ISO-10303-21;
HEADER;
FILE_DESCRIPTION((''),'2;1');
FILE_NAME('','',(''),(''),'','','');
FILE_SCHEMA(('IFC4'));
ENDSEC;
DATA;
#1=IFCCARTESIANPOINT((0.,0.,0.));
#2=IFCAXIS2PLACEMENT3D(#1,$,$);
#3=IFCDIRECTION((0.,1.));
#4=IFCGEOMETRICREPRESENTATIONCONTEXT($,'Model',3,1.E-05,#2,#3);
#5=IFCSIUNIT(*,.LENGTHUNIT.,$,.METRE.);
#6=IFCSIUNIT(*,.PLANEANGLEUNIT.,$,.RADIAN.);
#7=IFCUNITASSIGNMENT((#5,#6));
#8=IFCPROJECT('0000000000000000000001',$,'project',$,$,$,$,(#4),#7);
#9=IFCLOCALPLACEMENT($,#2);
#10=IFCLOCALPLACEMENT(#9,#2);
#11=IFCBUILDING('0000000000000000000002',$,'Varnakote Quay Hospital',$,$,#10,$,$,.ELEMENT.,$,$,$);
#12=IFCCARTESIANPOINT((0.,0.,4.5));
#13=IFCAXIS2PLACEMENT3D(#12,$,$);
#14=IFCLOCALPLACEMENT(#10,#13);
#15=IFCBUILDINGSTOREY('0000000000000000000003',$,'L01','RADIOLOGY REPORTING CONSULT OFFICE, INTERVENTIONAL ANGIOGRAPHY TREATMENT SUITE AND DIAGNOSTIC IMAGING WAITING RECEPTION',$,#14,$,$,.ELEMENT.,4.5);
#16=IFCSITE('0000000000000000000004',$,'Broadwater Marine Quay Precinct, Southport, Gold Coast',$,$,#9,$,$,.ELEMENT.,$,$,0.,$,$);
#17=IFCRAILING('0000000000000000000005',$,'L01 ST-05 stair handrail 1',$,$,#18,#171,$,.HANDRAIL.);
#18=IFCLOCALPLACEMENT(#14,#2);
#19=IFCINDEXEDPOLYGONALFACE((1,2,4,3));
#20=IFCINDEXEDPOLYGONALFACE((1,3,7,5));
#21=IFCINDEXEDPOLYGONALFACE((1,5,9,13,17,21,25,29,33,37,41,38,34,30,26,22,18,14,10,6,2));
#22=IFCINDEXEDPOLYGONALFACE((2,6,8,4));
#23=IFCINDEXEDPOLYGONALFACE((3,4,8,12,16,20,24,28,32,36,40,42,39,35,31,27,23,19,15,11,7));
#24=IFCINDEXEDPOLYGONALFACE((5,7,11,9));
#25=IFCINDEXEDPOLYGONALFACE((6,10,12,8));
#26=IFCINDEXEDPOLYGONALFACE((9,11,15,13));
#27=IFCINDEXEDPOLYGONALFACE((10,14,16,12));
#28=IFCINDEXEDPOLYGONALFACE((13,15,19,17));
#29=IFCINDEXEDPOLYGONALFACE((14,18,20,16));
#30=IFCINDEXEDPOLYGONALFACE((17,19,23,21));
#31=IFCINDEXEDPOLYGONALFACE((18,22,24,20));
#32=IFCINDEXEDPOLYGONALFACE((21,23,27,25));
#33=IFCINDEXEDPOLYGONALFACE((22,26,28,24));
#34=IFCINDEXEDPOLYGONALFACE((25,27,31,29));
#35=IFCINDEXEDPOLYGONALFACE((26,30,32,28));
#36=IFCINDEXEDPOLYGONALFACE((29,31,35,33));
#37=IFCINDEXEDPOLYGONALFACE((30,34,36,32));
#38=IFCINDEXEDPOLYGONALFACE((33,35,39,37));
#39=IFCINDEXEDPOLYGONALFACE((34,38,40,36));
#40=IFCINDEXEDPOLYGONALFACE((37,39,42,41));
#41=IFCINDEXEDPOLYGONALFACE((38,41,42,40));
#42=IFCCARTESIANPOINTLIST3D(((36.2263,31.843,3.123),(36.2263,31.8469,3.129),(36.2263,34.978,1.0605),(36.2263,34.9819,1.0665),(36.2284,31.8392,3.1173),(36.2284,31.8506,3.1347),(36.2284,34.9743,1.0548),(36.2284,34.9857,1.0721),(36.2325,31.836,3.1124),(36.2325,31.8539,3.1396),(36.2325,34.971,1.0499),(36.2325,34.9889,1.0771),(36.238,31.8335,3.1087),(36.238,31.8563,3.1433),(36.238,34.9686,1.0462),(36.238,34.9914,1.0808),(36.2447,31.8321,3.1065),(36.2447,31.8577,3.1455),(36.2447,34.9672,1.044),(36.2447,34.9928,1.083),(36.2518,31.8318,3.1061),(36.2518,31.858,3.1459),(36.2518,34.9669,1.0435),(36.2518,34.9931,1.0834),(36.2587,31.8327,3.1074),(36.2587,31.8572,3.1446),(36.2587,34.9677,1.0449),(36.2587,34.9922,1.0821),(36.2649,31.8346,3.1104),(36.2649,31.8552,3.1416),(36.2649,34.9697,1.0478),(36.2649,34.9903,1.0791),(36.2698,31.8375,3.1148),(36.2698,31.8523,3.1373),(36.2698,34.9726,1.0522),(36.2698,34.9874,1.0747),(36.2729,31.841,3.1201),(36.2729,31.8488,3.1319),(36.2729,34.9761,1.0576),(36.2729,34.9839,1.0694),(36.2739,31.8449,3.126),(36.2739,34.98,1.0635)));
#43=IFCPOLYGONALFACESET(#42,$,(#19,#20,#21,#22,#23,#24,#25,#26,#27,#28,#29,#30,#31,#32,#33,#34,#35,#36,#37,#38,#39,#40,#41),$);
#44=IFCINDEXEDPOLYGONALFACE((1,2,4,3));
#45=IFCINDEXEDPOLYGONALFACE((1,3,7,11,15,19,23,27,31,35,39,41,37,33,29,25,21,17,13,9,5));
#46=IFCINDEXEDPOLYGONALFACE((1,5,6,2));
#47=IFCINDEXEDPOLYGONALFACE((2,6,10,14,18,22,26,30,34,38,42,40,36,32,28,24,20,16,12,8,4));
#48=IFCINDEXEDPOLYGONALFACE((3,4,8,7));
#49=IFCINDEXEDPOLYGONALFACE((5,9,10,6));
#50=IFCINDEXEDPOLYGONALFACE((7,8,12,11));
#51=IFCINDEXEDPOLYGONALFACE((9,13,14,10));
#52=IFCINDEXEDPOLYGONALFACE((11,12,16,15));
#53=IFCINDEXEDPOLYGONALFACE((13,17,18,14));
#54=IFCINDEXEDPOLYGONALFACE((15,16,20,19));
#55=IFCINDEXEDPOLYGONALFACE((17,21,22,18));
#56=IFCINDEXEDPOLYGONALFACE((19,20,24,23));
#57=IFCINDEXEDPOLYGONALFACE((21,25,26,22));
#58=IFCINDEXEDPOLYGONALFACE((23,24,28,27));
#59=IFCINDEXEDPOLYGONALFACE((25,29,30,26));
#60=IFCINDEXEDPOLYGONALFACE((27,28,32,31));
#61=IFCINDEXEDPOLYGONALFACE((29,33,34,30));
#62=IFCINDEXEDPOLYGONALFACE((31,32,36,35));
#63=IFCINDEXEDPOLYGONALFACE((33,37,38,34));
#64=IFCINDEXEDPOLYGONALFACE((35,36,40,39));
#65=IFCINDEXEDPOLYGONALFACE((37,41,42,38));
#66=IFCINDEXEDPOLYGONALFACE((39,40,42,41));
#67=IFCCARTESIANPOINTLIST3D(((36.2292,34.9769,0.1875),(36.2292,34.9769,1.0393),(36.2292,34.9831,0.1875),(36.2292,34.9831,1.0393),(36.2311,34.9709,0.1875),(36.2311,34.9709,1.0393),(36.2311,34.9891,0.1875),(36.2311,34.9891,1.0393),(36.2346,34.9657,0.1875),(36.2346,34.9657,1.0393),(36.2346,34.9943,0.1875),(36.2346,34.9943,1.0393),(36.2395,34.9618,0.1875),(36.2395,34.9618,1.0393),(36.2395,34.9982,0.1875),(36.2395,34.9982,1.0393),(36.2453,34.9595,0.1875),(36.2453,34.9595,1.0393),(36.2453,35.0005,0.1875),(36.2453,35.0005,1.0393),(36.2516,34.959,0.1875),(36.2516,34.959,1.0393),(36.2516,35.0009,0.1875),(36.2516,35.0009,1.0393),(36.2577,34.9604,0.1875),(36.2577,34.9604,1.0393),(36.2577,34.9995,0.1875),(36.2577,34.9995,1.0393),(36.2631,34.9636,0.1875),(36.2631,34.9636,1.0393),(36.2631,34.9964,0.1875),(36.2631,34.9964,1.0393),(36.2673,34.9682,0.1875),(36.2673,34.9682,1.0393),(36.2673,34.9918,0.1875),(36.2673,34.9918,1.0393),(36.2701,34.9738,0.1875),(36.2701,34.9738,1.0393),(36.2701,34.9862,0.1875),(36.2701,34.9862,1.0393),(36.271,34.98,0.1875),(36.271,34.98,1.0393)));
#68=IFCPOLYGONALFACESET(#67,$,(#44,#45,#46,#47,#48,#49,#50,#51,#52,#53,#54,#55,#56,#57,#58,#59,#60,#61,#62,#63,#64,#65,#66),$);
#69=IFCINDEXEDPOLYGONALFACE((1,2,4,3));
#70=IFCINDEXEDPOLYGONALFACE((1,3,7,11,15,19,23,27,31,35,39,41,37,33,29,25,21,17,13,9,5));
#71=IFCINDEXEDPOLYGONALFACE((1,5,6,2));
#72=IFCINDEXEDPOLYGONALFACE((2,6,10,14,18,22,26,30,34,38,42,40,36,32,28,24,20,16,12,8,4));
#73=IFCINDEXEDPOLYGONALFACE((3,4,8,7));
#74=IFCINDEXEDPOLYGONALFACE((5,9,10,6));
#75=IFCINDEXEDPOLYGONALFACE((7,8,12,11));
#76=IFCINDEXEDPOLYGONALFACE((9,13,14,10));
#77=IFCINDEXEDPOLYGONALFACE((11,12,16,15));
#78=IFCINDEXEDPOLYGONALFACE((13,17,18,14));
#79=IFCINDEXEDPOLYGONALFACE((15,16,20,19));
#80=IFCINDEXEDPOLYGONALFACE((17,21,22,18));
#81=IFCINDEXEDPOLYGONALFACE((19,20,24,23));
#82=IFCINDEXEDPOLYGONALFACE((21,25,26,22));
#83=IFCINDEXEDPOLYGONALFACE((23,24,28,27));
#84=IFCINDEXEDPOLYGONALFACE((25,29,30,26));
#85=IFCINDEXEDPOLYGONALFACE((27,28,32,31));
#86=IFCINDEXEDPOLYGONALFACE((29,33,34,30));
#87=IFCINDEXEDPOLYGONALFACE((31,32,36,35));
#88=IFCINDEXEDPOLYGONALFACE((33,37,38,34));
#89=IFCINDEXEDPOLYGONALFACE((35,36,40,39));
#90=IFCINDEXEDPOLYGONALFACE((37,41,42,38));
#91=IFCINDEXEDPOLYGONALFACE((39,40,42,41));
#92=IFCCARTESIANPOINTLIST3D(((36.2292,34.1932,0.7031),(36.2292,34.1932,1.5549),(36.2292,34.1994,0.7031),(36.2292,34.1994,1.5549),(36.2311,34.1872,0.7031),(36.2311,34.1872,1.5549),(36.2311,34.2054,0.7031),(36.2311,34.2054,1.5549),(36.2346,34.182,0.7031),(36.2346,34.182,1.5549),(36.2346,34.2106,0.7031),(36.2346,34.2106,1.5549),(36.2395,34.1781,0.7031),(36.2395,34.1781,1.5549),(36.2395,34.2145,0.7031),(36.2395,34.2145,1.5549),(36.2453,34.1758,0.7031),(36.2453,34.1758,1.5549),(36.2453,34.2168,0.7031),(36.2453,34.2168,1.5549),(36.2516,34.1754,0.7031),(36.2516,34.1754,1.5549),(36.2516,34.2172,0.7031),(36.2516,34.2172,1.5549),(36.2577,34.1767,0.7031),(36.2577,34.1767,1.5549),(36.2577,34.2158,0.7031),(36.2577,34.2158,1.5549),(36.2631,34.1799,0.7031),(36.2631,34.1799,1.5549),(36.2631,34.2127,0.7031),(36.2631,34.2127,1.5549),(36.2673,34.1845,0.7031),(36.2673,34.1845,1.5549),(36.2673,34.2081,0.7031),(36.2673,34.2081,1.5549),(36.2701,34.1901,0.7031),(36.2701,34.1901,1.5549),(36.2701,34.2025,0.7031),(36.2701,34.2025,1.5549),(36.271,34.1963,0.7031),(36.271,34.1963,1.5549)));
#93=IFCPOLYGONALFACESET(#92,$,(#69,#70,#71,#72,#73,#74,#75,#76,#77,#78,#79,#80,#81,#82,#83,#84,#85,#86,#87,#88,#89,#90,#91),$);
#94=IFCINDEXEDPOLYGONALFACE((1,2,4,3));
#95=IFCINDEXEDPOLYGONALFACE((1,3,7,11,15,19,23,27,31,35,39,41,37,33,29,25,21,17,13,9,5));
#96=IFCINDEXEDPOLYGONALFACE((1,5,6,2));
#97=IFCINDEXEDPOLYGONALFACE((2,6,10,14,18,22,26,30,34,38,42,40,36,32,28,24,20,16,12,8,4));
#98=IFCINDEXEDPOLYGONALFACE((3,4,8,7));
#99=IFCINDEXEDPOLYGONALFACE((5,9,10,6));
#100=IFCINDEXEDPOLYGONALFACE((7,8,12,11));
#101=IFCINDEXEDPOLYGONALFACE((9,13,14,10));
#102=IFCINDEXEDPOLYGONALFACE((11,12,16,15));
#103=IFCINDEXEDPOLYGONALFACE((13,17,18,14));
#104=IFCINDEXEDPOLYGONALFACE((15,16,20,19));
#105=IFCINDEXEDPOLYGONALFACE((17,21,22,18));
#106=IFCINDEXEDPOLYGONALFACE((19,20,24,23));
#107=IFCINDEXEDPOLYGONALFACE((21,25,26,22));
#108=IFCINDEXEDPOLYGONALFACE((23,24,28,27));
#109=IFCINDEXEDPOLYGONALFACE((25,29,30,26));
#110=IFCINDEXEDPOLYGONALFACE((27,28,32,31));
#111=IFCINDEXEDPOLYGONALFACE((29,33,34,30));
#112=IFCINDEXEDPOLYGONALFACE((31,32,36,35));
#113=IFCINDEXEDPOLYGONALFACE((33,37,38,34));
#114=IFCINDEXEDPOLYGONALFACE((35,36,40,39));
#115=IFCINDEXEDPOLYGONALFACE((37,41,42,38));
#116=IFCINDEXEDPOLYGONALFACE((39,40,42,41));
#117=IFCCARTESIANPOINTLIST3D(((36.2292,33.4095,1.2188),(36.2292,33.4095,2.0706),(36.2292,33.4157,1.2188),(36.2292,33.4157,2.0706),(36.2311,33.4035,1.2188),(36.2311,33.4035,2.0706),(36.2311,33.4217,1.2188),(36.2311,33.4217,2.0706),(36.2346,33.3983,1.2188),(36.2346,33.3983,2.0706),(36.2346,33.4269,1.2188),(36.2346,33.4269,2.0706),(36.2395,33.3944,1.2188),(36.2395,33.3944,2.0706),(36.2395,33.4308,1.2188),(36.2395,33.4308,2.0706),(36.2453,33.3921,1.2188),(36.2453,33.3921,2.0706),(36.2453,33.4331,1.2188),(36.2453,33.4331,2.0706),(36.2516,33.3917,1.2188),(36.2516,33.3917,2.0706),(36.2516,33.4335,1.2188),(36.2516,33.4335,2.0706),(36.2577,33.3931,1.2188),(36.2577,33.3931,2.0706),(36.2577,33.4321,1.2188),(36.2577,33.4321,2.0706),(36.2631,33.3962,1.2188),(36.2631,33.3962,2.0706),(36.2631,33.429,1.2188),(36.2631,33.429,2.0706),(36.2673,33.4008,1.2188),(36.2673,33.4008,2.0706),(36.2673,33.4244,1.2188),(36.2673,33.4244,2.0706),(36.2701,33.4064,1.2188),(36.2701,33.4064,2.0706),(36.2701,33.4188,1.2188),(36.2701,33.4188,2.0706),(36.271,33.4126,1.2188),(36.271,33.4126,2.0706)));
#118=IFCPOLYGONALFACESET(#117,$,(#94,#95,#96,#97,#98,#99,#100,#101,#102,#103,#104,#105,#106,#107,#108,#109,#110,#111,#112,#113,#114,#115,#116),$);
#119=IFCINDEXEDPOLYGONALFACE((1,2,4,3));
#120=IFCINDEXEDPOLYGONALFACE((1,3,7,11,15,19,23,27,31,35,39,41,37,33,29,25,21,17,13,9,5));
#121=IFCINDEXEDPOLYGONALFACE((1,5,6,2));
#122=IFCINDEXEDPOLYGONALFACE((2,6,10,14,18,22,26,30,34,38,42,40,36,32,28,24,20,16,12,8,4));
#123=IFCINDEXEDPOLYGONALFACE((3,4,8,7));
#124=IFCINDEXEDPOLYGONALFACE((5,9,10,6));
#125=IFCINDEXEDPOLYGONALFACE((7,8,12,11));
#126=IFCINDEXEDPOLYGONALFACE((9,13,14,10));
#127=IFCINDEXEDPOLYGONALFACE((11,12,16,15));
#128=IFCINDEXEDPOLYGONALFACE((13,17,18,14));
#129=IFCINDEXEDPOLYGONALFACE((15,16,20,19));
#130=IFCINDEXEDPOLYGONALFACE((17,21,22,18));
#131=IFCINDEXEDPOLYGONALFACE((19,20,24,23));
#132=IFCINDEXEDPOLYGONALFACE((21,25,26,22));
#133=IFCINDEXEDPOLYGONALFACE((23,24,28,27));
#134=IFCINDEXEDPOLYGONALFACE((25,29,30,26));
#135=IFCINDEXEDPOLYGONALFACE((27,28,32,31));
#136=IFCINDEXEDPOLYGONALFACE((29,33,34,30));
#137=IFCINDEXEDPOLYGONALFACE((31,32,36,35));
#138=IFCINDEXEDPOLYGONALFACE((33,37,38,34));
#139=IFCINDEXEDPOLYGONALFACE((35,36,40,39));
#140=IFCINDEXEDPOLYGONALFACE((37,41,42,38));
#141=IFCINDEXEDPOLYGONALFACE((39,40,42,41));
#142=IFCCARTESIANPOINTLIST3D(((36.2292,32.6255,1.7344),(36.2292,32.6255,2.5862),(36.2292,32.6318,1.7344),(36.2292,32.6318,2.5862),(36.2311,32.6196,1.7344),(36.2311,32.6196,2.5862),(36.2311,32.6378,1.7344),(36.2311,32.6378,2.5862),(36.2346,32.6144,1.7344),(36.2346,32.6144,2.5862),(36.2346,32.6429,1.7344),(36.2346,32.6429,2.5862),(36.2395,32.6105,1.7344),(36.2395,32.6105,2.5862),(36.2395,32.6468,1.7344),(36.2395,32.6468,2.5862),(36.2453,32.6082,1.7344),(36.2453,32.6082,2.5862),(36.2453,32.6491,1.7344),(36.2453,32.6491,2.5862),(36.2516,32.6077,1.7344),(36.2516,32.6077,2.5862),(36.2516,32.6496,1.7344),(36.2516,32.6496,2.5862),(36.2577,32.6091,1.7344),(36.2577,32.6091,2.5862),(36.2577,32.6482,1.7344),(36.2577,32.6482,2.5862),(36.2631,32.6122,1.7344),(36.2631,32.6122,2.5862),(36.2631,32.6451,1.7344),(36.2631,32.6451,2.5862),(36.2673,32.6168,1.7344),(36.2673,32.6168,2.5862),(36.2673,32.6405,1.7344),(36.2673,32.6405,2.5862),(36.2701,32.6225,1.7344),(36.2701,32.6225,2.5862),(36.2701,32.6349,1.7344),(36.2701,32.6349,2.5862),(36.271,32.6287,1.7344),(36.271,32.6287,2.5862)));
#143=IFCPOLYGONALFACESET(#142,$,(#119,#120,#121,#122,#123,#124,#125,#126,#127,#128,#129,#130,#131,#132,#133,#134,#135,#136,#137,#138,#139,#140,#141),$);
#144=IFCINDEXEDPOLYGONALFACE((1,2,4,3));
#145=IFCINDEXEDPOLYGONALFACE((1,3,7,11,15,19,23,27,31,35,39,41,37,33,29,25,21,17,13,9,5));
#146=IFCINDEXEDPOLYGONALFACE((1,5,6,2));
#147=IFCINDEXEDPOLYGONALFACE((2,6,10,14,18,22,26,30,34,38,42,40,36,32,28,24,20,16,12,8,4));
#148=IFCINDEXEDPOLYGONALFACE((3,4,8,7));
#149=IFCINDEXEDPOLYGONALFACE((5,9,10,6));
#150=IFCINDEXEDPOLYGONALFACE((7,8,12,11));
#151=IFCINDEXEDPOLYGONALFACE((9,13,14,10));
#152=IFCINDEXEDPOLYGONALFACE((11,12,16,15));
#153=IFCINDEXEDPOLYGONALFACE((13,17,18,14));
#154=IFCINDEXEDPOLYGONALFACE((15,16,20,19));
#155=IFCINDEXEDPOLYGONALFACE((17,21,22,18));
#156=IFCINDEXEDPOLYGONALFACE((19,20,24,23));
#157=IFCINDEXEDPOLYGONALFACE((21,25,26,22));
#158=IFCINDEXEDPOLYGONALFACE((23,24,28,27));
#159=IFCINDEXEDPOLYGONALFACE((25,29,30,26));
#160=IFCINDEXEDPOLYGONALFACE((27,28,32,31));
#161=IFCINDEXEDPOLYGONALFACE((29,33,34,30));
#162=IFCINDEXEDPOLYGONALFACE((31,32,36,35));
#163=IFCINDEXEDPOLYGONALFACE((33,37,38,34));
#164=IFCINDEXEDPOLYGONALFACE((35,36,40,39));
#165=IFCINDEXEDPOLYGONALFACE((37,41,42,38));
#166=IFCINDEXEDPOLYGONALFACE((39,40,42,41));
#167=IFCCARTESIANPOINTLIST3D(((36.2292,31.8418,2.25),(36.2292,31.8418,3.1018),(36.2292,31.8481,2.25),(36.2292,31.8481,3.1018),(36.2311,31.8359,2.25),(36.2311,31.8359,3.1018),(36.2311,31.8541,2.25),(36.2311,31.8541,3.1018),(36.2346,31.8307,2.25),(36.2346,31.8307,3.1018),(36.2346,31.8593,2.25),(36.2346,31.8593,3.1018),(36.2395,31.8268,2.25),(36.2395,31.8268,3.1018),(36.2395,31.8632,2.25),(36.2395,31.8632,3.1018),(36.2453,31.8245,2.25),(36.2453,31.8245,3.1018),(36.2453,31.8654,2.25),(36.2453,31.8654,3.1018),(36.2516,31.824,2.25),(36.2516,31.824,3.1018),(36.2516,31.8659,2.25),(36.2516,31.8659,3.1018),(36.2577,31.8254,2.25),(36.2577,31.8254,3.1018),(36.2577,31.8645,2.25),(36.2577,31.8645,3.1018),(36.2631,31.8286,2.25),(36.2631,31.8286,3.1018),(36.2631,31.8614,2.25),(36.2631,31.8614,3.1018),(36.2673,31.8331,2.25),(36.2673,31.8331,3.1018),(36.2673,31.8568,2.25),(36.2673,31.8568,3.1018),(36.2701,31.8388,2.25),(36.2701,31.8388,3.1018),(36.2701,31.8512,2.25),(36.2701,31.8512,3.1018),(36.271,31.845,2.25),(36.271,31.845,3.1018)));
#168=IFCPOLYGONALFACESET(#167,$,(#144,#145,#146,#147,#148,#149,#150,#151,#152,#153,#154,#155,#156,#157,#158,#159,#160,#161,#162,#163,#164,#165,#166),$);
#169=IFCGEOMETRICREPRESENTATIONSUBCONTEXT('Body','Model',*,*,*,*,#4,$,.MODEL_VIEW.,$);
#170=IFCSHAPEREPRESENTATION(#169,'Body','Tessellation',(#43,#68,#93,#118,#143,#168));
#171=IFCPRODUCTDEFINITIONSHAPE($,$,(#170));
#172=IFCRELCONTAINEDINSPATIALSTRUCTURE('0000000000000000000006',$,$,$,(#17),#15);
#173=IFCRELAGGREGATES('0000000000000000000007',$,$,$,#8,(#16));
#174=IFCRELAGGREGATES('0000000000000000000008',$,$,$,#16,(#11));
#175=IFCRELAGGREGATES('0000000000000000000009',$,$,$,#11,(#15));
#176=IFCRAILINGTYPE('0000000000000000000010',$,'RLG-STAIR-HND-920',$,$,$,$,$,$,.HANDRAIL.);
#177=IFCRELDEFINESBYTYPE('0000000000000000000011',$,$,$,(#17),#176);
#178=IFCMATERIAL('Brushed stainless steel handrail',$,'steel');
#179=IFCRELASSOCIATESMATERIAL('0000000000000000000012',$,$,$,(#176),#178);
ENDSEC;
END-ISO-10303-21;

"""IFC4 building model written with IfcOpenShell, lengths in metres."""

from ifc_helpers import new_model, si_unit, direction, frame, origin, origin_2d, place, context, subcontext, project, spatial, circle, extrude, material, type_object, element, save


model = new_model("IFC4")

# Units and contexts
model_context = context("Model", 3, precision=1e-05, world=origin(), true_north=direction((0.0, 1.0)))
body_context = subcontext(model_context, "Body", "Model", "MODEL_VIEW")
ifc_project = project(units=[si_unit("LENGTHUNIT", "METRE"), si_unit("PLANEANGLEUNIT", "RADIAN")], contexts=[model_context])

# Site, building, storey
site_placement = place(None, origin())
site = spatial("IfcSite", under=ifc_project, at=site_placement, Name="Broadwater Marine Quay Precinct, Southport, Gold Coast", CompositionType="ELEMENT", RefElevation=0.0)
building_placement = place(site_placement, origin())
building = spatial("IfcBuilding", under=site, at=building_placement, Name="Varnakote Quay Hospital", CompositionType="ELEMENT")
storey_placement = place(building_placement, frame((0.0, 0.0, 4.5)))
storey = spatial("IfcBuildingStorey", under=building, at=storey_placement, Name="L01", Description="RADIOLOGY REPORTING CONSULT OFFICE, INTERVENTIONAL ANGIOGRAPHY TREATMENT SUITE AND DIAGNOSTIC IMAGING WAITING RECEPTION", CompositionType="ELEMENT", Elevation=4.5)

# Railing
ifc_material_1 = material(Name="Brushed stainless steel handrail", Category="steel")
railing_type_1 = type_object("IfcRailingType", Name="RLG-STAIR-HND-920", PredefinedType="HANDRAIL", material=ifc_material_1)
railing_1_placement = place(storey_placement, frame((36.25, 34.98, 0.1875)))
element("IfcRailing", 1, at=railing_1_placement, inside=storey, type_object=railing_type_1, Name="L01 ST-05 stair handrail 1", PredefinedType="HANDRAIL", context=body_context, shape_type="SweptSolid", body=[
    extrude(circle(Radius=0.0239, at=origin_2d()), frame((0.0, 0.0, 0.876), z_axis=(0.0, -0.835418, 0.549615), x_axis=(1.0, 0.0, 0.0)), (0.0, 0.0, 1.0), 3.7527),
    extrude(circle(Radius=0.021, at=origin_2d()), origin(), (0.0, 0.0, 1.0), 0.8518),
    extrude(circle(Radius=0.021, at=origin_2d()), frame((0.0, -0.7837, 0.5156)), (0.0, 0.0, 1.0), 0.8518),
    extrude(circle(Radius=0.021, at=origin_2d()), frame((0.0, -1.5674, 1.0312)), (0.0, 0.0, 1.0), 0.8518),
    extrude(circle(Radius=0.021, at=origin_2d()), frame((0.0, -2.3513, 1.5469)), (0.0, 0.0, 1.0), 0.8518),
    extrude(circle(Radius=0.021, at=origin_2d()), frame((0.0, -3.135, 2.0625)), (0.0, 0.0, 1.0), 0.8518),
])

save(model, "model.ifc")
